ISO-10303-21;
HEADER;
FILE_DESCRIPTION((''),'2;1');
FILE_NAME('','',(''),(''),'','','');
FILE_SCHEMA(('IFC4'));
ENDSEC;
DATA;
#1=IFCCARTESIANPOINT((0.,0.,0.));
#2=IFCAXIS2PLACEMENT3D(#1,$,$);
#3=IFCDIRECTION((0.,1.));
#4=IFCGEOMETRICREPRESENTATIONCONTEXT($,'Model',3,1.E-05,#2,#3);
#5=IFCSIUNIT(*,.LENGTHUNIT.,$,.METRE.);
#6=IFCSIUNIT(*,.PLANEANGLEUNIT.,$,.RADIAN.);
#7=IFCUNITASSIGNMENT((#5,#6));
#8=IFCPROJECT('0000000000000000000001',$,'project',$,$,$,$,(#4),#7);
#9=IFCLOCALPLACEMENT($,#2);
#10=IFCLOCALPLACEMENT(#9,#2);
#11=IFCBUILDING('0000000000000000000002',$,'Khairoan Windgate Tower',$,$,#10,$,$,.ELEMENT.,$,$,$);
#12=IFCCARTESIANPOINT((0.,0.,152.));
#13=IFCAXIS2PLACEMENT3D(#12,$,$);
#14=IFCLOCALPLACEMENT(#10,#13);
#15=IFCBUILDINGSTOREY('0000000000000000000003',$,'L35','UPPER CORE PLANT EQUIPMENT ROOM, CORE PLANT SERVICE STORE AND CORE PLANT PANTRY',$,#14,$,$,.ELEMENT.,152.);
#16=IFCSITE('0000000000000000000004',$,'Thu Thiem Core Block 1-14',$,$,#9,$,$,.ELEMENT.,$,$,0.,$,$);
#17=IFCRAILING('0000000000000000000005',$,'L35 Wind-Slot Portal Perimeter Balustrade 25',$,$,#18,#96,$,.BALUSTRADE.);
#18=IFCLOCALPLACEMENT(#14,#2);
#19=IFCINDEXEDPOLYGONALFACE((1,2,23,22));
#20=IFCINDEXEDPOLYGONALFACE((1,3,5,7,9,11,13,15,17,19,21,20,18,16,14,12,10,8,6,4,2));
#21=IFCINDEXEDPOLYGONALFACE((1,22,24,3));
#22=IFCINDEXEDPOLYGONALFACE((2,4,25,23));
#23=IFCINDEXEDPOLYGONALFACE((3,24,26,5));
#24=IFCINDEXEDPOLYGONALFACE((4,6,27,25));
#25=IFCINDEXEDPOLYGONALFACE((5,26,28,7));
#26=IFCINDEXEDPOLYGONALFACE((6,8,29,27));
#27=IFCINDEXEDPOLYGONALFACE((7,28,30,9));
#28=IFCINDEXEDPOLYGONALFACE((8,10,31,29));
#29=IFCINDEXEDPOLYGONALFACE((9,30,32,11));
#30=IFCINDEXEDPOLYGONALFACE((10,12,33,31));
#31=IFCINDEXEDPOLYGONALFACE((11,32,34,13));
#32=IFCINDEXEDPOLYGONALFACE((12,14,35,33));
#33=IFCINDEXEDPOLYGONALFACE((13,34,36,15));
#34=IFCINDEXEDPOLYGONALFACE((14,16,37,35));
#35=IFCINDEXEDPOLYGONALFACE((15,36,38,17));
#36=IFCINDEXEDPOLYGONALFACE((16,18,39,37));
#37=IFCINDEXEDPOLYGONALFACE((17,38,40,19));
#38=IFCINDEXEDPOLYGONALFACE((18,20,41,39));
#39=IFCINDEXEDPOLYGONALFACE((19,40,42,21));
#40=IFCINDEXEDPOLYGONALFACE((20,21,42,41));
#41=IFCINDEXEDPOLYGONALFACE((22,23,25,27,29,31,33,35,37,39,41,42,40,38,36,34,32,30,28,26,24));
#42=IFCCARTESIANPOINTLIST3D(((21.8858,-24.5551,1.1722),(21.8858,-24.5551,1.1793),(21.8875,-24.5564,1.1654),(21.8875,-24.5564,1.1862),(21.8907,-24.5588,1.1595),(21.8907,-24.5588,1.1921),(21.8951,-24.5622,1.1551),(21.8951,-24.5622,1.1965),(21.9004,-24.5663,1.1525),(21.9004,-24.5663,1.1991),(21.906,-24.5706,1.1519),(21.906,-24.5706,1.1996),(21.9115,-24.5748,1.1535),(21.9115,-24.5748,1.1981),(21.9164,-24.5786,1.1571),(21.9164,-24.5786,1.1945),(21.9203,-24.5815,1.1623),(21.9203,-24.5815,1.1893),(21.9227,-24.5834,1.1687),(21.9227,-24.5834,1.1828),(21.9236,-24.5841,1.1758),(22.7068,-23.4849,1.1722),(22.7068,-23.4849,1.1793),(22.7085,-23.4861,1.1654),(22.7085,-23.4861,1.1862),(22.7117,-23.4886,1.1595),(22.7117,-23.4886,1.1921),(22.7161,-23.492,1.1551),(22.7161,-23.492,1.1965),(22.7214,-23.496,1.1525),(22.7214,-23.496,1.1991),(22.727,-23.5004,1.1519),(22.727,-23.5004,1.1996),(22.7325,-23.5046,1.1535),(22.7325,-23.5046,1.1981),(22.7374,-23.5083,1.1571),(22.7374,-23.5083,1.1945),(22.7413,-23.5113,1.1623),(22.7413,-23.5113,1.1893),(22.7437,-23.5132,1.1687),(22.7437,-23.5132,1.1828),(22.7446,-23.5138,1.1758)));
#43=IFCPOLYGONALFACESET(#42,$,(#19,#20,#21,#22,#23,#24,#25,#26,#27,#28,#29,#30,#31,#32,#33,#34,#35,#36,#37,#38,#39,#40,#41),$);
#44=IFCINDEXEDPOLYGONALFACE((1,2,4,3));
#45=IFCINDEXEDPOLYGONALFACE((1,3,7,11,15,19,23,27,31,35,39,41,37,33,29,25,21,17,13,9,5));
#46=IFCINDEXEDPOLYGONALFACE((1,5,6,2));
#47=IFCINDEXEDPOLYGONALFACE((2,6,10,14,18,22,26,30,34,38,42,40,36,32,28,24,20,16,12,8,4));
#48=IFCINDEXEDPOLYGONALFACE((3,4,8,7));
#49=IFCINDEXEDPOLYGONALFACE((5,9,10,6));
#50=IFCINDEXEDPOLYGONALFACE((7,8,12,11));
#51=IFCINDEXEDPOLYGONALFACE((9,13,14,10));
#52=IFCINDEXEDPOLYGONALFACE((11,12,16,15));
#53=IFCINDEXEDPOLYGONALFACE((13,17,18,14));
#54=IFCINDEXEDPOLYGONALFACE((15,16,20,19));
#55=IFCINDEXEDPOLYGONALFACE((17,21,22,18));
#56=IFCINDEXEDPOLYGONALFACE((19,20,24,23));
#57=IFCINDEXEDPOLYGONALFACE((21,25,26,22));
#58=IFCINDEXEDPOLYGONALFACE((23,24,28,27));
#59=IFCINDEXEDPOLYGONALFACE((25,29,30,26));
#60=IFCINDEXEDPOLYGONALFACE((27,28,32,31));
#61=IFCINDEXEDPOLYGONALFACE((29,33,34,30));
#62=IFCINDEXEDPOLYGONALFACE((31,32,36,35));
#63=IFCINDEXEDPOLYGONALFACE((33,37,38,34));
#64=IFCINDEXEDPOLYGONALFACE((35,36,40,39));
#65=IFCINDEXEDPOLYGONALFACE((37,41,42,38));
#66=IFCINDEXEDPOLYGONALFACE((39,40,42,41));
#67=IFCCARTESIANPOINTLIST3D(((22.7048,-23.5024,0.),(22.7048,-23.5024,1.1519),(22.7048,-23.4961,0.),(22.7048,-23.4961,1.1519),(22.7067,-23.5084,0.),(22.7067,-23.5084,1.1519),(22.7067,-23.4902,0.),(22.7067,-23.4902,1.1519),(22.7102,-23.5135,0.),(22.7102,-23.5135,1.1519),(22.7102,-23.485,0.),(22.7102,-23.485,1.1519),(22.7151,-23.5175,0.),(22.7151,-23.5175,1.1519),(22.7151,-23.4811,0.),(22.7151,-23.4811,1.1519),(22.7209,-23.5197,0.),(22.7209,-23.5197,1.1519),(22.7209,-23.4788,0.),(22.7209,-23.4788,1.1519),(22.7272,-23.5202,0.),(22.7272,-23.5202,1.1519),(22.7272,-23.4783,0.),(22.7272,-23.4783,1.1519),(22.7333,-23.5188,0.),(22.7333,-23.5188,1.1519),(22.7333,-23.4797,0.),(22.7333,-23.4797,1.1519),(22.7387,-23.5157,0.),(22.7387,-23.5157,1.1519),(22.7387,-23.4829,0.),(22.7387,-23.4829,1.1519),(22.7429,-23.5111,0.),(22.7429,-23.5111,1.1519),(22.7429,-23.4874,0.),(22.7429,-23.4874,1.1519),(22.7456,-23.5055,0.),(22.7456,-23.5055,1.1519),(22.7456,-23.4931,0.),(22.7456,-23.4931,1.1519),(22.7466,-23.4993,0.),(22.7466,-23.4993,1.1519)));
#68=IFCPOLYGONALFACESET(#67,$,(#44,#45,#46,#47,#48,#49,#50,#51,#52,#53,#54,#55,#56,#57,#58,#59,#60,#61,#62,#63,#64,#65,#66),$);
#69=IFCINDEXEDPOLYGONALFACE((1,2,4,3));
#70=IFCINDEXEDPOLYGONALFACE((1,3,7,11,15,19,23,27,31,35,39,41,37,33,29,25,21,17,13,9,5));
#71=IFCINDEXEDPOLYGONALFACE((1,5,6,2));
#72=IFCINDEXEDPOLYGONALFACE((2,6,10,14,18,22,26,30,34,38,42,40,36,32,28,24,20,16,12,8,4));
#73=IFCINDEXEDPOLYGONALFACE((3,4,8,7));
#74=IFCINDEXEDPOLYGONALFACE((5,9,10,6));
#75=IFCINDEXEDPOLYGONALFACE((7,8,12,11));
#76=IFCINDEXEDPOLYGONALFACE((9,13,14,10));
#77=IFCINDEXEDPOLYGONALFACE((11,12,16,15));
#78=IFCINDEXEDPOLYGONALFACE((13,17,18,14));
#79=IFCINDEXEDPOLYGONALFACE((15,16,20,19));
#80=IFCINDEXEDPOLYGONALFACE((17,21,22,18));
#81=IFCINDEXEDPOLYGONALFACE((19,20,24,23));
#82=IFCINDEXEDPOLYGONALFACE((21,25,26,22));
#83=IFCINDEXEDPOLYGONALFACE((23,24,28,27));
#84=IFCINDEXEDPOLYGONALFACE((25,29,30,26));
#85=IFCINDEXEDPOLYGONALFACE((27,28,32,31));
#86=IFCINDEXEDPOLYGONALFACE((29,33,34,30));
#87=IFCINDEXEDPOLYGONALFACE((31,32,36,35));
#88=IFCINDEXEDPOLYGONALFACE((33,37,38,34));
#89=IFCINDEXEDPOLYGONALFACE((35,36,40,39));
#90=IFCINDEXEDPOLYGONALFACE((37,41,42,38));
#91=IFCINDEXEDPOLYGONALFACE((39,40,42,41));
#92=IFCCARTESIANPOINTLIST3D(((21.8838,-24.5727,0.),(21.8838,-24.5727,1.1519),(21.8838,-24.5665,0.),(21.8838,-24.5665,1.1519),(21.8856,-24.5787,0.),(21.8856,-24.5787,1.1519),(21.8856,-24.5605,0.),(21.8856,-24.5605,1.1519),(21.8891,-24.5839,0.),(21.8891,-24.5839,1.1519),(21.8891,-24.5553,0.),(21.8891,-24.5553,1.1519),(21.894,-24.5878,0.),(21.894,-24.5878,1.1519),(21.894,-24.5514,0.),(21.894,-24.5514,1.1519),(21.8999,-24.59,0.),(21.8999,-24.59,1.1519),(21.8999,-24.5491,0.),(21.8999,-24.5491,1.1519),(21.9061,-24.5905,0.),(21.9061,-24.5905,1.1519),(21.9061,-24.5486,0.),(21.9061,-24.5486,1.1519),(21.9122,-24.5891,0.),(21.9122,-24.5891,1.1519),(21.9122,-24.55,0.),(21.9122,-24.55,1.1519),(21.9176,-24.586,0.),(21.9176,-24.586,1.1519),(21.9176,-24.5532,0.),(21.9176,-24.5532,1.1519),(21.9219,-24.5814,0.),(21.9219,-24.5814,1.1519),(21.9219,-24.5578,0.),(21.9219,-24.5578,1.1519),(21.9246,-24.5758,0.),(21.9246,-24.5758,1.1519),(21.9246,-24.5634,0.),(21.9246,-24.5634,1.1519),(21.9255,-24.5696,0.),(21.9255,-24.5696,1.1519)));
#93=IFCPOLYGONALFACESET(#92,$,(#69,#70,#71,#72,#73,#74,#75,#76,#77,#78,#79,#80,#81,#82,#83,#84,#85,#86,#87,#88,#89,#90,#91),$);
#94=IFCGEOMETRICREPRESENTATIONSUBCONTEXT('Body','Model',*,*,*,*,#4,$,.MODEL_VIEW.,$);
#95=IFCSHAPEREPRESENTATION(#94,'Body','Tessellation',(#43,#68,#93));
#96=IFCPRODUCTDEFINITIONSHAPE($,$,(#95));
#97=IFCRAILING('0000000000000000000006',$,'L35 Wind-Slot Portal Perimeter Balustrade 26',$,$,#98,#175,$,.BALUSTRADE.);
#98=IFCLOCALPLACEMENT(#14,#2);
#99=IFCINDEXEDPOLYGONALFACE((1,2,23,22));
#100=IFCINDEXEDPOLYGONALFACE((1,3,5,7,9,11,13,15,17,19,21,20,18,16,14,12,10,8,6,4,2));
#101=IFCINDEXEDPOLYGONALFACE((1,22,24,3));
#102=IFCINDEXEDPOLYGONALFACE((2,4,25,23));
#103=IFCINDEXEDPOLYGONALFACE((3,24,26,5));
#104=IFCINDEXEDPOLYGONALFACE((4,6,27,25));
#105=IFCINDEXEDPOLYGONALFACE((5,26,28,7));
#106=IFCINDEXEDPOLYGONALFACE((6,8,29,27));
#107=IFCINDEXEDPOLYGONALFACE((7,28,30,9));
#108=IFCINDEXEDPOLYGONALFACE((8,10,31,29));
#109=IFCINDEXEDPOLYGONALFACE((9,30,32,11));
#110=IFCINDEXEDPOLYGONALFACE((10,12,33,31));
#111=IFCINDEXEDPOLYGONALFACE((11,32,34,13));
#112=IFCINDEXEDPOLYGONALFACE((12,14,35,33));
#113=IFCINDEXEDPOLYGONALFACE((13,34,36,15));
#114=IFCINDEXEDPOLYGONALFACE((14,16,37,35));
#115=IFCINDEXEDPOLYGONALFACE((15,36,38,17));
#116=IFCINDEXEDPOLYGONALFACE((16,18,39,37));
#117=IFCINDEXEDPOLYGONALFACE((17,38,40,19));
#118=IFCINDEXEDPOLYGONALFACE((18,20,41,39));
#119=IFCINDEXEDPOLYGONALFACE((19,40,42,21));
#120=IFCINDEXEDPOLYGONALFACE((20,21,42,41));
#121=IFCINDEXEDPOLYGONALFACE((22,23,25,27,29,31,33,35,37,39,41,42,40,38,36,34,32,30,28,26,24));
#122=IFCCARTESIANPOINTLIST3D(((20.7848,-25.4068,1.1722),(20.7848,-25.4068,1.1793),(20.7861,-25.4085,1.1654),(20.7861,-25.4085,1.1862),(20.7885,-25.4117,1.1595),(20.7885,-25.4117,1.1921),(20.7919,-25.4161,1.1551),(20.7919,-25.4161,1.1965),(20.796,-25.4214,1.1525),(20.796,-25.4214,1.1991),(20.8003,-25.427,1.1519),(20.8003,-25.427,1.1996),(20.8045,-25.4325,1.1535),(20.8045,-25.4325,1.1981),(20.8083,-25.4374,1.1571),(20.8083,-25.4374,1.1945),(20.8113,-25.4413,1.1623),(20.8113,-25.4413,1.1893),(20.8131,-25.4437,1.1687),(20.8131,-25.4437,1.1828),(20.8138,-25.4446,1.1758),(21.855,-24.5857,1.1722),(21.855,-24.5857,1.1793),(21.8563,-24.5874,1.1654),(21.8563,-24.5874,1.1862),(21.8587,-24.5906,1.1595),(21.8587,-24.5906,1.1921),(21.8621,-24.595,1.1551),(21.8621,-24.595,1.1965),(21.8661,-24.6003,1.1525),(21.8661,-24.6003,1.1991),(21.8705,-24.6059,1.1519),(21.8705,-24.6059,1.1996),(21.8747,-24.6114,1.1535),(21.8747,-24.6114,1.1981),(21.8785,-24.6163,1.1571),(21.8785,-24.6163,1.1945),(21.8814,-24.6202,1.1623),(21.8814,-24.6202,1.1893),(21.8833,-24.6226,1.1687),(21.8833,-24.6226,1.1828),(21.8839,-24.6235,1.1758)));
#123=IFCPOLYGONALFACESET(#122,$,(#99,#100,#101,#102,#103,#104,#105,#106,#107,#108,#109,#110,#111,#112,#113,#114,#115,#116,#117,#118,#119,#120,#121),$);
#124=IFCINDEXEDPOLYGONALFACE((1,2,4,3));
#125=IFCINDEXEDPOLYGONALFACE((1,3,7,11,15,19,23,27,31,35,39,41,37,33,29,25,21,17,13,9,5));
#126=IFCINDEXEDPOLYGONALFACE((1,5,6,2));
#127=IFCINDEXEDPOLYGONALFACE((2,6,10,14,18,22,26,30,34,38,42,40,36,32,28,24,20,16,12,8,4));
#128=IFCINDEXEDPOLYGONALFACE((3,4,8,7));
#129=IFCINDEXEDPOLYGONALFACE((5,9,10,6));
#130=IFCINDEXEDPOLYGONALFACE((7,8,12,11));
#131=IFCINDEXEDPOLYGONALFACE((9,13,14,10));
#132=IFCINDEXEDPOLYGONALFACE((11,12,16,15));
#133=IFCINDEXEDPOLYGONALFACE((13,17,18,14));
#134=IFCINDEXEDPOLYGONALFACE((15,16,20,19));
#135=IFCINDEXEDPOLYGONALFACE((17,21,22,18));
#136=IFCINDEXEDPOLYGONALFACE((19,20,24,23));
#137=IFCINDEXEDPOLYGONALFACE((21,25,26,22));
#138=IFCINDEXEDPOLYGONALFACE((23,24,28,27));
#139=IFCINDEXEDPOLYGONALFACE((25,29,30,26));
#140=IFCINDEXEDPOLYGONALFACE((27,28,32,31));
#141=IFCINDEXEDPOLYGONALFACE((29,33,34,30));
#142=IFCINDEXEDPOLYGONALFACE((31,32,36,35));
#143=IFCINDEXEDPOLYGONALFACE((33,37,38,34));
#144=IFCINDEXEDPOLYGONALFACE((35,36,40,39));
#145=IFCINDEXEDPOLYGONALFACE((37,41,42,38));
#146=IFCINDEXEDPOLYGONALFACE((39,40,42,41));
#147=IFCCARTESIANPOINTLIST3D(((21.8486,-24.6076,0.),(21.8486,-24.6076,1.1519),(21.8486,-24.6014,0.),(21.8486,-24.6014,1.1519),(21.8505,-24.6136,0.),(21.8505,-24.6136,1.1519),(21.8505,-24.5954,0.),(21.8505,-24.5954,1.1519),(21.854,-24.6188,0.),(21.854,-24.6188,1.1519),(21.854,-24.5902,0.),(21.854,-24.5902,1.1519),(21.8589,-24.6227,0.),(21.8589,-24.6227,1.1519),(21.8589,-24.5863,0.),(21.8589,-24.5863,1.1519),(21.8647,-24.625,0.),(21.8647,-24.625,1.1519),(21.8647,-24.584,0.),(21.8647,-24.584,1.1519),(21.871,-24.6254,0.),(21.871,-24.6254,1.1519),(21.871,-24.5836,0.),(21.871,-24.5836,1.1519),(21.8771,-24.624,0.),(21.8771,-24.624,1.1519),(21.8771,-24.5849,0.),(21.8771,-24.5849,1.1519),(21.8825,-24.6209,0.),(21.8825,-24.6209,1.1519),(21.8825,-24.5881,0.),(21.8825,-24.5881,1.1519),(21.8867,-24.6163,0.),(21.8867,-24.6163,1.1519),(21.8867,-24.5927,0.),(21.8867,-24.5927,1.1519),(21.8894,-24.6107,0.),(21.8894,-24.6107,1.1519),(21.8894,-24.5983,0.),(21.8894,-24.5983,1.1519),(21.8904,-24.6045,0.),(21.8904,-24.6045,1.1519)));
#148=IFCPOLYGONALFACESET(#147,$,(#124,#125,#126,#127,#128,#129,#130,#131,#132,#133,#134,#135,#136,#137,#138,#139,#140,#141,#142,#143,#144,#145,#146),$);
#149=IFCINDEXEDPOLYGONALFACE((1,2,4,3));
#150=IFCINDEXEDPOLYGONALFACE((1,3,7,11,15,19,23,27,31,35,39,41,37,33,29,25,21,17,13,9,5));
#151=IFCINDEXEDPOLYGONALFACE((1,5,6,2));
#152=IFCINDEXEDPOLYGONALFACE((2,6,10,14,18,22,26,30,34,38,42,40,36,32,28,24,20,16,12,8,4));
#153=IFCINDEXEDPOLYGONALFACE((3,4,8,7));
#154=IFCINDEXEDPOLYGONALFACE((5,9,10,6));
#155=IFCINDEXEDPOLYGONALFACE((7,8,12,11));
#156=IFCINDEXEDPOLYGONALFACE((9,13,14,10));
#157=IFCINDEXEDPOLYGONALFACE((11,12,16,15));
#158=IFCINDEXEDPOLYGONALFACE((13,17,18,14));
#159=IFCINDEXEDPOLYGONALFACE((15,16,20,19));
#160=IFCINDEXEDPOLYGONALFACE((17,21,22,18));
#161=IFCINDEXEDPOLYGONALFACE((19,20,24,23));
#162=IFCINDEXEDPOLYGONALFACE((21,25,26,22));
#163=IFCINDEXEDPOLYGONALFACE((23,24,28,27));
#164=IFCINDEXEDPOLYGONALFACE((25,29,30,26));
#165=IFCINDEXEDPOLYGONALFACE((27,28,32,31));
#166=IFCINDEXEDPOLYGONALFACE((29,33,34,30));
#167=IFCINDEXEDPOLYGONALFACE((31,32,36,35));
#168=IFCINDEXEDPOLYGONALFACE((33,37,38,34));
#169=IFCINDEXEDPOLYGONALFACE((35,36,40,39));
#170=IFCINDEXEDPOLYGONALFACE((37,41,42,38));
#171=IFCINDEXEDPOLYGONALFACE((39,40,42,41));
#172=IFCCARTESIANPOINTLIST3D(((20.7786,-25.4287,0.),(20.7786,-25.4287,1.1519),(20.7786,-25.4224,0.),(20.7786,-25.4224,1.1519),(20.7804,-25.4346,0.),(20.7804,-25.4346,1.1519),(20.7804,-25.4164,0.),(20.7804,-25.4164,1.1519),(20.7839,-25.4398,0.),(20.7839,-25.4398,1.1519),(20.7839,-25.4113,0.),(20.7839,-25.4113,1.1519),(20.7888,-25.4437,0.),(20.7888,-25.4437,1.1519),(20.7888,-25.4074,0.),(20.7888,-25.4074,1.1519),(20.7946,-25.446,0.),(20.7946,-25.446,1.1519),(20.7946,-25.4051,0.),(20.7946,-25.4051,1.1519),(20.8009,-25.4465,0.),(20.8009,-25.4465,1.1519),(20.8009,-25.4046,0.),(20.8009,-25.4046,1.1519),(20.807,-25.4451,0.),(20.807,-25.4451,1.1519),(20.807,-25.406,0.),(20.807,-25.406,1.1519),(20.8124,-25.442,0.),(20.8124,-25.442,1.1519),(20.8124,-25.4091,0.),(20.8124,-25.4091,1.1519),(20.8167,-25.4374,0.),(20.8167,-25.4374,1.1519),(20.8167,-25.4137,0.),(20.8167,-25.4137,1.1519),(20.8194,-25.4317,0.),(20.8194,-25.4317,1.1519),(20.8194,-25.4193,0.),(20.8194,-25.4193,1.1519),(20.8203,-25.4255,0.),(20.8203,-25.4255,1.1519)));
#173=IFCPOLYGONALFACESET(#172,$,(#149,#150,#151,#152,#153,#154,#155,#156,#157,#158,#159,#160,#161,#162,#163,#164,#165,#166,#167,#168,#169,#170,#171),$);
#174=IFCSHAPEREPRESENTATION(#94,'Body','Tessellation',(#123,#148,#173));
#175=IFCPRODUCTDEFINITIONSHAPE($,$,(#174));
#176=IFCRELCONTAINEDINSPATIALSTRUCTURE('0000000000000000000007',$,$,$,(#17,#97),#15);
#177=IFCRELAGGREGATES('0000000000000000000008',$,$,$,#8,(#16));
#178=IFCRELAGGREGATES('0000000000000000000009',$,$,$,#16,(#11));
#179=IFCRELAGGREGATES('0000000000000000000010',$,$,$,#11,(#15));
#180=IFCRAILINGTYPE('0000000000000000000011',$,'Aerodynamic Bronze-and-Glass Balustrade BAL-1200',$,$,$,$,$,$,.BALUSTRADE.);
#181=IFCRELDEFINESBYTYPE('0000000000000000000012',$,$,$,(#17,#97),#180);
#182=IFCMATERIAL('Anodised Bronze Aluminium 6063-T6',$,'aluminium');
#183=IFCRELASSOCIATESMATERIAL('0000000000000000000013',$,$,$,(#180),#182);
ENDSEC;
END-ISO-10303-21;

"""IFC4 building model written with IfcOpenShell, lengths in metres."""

from ifc_helpers import new_model, si_unit, direction, frame, origin, origin_2d, place, context, subcontext, project, spatial, circle, extrude, material, type_object, element, save


model = new_model("IFC4")

# Units and contexts
model_context = context("Model", 3, precision=1e-05, world=origin(), true_north=direction((0.0, 1.0)))
body_context = subcontext(model_context, "Body", "Model", "MODEL_VIEW")
ifc_project = project(units=[si_unit("LENGTHUNIT", "METRE"), si_unit("PLANEANGLEUNIT", "RADIAN")], contexts=[model_context])

# Site, building, storey
site_placement = place(None, origin())
site = spatial("IfcSite", under=ifc_project, at=site_placement, Name="Thu Thiem Core Block 1-14", CompositionType="ELEMENT", RefElevation=0.0)
building_placement = place(site_placement, origin())
building = spatial("IfcBuilding", under=site, at=building_placement, Name="Khairoan Windgate Tower", CompositionType="ELEMENT")
storey_placement = place(building_placement, frame((0.0, 0.0, 152.0)))
storey = spatial("IfcBuildingStorey", under=building, at=storey_placement, Name="L35", Description="UPPER CORE PLANT EQUIPMENT ROOM, CORE PLANT SERVICE STORE AND CORE PLANT PANTRY", CompositionType="ELEMENT", Elevation=152.0)

# Railings
ifc_material_1 = material(Name="Anodised Bronze Aluminium 6063-T6", Category="aluminium")
railing_type_1 = type_object("IfcRailingType", Name="Aerodynamic Bronze-and-Glass Balustrade BAL-1200", PredefinedType="BALUSTRADE", material=ifc_material_1)
railing_1_placement = place(storey_placement, frame((22.7256, -23.4993, 0.0)))
element("IfcRailing", 1, at=railing_1_placement, inside=storey, type_object=railing_type_1, Name="L35 Wind-Slot Portal Perimeter Balustrade 25", PredefinedType="BALUSTRADE", context=body_context, shape_type="SweptSolid", body=[
    extrude(circle(Radius=0.0239, at=origin_2d()), frame((0.0, 0.0, 1.1758), z_axis=(-0.608652, -0.793437, 0.0), x_axis=(0.793437, -0.608652, 0.0)), (0.0, 0.0, 1.0), 1.3489),
    extrude(circle(Radius=0.021, at=origin_2d()), origin(), (0.0, 0.0, 1.0), 1.1519),
    extrude(circle(Radius=0.021, at=origin_2d()), frame((-0.821, -1.0703, 0.0)), (0.0, 0.0, 1.0), 1.1519),
])
railing_2_placement = place(storey_placement, frame((21.8694, -24.6045, 0.0)))
element("IfcRailing", 2, at=railing_2_placement, inside=storey, type_object=railing_type_1, Name="L35 Wind-Slot Portal Perimeter Balustrade 26", PredefinedType="BALUSTRADE", context=body_context, shape_type="SweptSolid", body=[
    extrude(circle(Radius=0.0239, at=origin_2d()), frame((0.0, 0.0, 1.1758), z_axis=(-0.79337, -0.608739, 0.0), x_axis=(0.608739, -0.79337, 0.0)), (0.0, 0.0, 1.0), 1.3489),
    extrude(circle(Radius=0.021, at=origin_2d()), origin(), (0.0, 0.0, 1.0), 1.1519),
    extrude(circle(Radius=0.021, at=origin_2d()), frame((-1.0701, -0.821, 0.0)), (0.0, 0.0, 1.0), 1.1519),
])

save(model, "model.ifc")
